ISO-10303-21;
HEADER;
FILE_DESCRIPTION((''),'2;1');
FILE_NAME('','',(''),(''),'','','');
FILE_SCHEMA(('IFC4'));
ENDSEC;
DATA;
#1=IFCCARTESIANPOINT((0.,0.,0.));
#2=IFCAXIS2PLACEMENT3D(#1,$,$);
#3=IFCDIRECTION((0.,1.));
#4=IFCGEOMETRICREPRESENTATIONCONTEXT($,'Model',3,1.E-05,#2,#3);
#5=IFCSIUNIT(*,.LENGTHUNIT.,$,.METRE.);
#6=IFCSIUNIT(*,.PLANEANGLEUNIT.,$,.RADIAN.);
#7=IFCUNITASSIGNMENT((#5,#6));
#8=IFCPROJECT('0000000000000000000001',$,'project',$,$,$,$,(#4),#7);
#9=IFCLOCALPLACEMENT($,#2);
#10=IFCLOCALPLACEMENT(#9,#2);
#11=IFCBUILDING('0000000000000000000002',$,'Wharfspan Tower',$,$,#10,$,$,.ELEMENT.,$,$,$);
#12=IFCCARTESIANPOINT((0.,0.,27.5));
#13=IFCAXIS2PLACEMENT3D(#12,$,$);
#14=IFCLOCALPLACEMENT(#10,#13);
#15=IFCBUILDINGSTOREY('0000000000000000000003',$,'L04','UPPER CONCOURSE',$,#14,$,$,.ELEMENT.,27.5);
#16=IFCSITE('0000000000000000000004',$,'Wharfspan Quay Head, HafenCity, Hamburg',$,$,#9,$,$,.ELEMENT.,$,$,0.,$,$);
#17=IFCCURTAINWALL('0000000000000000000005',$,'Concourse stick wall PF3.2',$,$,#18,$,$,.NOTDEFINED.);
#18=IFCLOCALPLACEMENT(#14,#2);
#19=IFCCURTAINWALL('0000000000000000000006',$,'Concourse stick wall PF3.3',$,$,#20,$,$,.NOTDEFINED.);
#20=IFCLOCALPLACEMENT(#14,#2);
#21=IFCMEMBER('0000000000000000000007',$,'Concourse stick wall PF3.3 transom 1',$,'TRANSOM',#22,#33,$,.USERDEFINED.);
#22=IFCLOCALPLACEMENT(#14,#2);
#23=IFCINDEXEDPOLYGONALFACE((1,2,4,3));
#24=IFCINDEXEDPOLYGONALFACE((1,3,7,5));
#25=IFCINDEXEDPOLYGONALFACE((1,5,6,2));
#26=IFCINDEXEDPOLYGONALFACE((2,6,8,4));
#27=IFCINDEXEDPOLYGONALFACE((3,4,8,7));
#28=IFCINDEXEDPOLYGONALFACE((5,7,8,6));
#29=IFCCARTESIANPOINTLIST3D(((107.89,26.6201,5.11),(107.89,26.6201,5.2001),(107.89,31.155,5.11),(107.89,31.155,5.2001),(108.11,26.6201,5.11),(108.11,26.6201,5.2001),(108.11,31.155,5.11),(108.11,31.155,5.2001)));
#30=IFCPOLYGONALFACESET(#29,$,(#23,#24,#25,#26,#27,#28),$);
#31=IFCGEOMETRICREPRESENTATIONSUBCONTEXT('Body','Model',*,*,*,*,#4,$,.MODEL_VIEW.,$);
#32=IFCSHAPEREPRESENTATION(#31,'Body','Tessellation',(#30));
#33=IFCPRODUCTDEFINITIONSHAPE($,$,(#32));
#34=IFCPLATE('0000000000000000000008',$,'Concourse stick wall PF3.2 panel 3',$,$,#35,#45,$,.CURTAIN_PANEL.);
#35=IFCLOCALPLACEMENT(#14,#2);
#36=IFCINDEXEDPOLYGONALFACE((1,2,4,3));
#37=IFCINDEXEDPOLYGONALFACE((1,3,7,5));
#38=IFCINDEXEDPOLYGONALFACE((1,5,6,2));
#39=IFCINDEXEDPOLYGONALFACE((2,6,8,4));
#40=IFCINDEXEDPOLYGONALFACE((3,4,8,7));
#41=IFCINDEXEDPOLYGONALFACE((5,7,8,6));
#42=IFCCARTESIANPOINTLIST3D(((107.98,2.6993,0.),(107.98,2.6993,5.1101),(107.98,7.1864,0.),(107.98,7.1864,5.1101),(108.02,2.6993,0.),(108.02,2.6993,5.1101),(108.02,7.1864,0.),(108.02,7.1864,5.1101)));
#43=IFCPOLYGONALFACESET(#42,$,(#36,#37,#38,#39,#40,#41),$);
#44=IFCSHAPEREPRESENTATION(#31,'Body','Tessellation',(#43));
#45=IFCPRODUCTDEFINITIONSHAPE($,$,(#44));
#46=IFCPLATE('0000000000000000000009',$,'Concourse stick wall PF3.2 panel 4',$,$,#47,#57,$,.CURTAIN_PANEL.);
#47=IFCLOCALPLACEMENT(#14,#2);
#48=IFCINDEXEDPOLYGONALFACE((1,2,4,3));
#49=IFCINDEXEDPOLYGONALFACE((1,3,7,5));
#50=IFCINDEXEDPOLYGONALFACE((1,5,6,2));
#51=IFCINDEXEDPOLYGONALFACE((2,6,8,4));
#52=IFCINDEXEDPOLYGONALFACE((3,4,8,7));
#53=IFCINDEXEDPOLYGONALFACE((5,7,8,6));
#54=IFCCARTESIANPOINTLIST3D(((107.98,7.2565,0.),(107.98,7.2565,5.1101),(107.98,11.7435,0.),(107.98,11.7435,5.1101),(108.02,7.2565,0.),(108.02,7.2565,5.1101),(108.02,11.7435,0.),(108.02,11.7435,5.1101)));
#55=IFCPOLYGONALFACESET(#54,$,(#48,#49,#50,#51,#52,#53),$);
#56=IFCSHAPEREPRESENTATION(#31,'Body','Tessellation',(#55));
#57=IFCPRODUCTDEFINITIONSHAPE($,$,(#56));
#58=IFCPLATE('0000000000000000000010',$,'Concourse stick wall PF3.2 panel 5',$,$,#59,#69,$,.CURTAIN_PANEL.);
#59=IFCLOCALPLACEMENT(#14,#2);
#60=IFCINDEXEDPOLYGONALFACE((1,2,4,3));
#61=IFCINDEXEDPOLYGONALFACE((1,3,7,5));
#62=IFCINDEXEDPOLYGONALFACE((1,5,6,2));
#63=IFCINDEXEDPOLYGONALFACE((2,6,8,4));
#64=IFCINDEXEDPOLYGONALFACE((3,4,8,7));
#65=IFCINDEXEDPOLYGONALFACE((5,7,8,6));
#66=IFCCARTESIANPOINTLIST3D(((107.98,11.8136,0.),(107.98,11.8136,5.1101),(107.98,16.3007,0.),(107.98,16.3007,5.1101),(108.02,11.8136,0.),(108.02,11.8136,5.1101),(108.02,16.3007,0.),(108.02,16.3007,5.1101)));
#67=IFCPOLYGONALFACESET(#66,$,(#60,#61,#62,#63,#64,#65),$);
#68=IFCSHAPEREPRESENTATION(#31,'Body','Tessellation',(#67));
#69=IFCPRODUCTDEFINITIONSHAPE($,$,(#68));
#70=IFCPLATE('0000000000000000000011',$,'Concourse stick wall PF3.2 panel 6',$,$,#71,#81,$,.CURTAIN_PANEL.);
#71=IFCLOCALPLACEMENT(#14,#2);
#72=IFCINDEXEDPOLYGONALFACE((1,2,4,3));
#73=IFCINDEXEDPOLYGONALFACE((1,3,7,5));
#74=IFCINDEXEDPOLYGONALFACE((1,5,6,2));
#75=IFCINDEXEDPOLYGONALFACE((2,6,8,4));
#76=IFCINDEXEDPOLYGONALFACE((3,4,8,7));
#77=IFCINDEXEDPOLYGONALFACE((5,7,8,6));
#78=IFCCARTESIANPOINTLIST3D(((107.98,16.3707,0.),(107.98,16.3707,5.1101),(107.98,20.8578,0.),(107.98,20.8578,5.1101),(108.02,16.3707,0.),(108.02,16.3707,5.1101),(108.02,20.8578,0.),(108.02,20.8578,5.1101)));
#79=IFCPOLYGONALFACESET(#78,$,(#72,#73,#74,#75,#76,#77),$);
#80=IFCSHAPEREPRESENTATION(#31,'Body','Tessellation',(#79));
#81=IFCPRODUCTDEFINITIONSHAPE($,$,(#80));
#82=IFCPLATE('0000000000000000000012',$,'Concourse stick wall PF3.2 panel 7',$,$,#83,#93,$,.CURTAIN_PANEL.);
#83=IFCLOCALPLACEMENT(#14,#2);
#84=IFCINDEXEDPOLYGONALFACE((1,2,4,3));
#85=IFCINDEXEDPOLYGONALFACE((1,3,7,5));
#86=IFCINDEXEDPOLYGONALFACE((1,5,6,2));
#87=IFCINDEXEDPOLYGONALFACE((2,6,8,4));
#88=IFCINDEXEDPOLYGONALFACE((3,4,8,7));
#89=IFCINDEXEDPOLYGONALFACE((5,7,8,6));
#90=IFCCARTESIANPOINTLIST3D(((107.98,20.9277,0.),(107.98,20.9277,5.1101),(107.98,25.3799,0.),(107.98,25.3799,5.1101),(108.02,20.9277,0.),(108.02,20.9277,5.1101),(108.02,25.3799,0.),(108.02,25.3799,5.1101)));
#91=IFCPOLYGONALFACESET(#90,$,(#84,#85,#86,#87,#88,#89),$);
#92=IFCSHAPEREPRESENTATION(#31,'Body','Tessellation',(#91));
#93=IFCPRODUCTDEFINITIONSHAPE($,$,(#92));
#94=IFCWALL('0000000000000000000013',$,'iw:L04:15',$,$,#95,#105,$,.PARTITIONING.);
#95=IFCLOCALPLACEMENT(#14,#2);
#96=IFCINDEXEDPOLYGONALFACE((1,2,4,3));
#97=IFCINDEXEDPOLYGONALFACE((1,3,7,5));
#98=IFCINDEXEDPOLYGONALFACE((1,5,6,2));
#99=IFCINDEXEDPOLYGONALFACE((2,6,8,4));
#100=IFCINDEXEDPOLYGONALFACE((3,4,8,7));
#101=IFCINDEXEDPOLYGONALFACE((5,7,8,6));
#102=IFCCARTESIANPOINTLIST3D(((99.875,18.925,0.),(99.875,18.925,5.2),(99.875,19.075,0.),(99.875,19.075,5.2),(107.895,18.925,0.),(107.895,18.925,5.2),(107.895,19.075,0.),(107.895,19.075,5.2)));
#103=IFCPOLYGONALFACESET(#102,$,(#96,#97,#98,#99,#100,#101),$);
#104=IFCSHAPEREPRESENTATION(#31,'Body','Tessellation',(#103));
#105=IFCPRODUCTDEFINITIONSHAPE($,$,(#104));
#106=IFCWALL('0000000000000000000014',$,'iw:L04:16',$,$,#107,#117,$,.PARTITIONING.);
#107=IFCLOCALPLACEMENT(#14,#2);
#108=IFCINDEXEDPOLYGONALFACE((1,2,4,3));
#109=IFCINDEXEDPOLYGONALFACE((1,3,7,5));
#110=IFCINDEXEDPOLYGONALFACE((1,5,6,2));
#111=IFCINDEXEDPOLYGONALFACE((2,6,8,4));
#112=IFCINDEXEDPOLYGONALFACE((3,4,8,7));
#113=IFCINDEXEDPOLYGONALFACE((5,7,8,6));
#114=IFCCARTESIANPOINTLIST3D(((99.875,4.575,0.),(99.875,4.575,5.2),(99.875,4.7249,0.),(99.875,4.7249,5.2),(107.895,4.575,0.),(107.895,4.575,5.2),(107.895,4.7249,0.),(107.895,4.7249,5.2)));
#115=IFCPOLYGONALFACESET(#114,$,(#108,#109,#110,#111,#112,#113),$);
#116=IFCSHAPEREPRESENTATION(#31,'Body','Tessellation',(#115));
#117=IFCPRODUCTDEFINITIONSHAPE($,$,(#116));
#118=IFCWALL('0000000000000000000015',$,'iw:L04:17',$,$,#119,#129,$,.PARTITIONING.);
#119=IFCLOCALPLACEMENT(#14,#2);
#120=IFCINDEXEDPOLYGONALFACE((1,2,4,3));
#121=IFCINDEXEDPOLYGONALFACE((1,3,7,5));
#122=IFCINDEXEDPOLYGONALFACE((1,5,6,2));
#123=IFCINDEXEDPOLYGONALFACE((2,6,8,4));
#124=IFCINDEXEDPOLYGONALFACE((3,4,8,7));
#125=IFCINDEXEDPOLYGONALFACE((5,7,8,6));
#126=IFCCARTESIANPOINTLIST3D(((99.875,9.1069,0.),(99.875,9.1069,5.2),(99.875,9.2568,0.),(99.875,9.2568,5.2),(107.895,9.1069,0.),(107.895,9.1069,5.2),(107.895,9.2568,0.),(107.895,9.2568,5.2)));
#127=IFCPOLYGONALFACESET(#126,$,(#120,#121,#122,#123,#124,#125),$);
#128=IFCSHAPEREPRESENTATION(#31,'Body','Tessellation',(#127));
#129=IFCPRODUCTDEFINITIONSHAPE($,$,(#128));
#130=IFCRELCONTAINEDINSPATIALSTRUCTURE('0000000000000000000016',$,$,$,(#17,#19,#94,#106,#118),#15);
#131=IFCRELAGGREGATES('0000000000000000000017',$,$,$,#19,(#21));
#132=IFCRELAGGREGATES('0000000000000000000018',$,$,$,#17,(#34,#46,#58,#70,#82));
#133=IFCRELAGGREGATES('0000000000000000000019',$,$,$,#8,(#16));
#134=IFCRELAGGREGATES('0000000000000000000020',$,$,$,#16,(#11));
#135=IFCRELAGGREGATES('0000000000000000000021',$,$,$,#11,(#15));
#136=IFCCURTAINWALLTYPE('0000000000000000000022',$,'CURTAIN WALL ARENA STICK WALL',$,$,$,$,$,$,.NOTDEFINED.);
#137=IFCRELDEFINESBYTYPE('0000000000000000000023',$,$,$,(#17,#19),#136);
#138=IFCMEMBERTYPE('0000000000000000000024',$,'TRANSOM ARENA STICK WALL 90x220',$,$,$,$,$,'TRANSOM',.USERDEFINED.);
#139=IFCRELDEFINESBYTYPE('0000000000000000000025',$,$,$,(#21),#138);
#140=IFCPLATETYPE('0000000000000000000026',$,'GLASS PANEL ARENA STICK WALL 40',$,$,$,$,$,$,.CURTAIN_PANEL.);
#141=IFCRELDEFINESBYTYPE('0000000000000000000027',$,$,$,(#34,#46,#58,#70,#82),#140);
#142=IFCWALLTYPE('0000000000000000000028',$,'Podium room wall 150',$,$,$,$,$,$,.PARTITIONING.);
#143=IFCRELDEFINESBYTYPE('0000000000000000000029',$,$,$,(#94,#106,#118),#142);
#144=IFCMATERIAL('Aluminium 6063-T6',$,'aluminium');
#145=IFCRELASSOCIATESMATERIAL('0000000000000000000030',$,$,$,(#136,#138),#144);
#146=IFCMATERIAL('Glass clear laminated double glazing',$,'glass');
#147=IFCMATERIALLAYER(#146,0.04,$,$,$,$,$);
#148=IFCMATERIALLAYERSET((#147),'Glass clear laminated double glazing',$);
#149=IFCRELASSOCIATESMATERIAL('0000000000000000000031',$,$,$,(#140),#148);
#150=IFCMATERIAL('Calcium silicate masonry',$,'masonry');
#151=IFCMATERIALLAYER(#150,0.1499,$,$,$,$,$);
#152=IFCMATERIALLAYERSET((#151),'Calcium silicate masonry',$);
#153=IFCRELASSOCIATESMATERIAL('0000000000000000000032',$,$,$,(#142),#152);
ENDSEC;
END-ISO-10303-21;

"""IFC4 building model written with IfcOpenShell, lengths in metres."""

from ifc_helpers import new_model, si_unit, direction, frame, frame_2d, origin, origin_2d, place, context, subcontext, project, spatial, rectangle, extrude, material, layer, layer_set, material_profile, profile_set, type_object, element, aggregate, save


model = new_model("IFC4")

# Units and contexts
model_context = context("Model", 3, precision=1e-05, world=origin(), true_north=direction((0.0, 1.0)))
body_context = subcontext(model_context, "Body", "Model", "MODEL_VIEW")
ifc_project = project(units=[si_unit("LENGTHUNIT", "METRE"), si_unit("PLANEANGLEUNIT", "RADIAN")], contexts=[model_context])

# Site, building, storey
site_placement = place(None, origin())
site = spatial("IfcSite", under=ifc_project, at=site_placement, Name="Wharfspan Quay Head, HafenCity, Hamburg", CompositionType="ELEMENT", RefElevation=0.0)
building_placement = place(site_placement, origin())
building = spatial("IfcBuilding", under=site, at=building_placement, Name="Wharfspan Tower", CompositionType="ELEMENT")
storey_placement = place(building_placement, frame((0.0, 0.0, 27.5)))
storey = spatial("IfcBuildingStorey", under=building, at=storey_placement, Name="L04", Description="UPPER CONCOURSE", CompositionType="ELEMENT", Elevation=27.5)

# Curtain wall
ifc_material_1 = material(Name="Aluminium 6063-T6", Category="aluminium")
curtain_wall_type = type_object("IfcCurtainWallType", Name="CURTAIN WALL ARENA STICK WALL", PredefinedType="NOTDEFINED", material=ifc_material_1)
curtain_wall_1_placement = place(storey_placement, origin())
curtain_wall_1 = element("IfcCurtainWall", 1, at=curtain_wall_1_placement, inside=storey, type_object=curtain_wall_type, Name="Concourse stick wall PF3.2", PredefinedType="NOTDEFINED")

# Curtain wall
curtain_wall_2_placement = place(storey_placement, origin())
curtain_wall_2 = element("IfcCurtainWall", 2, at=curtain_wall_2_placement, inside=storey, type_object=curtain_wall_type, Name="Concourse stick wall PF3.3", PredefinedType="NOTDEFINED")

# Member
ifc_material_profile_1 = material_profile(ifc_material_1, rectangle(XDim=0.22, YDim=0.0901, at=origin_2d()))
ifc_profile_set_1 = profile_set([ifc_material_profile_1], Name="Aluminium 6063-T6")
member_type_1 = type_object("IfcMemberType", Name="TRANSOM ARENA STICK WALL 90x220", ElementType="TRANSOM", PredefinedType="USERDEFINED", material=ifc_profile_set_1)
member_1_placement = place(storey_placement, frame((108.0, 26.6201, 5.155), z_axis=(0.0, 1.0, 0.0), x_axis=(-1.0, 0.0, 0.0)))
member_1 = element("IfcMember", 3, at=member_1_placement, type_object=member_type_1, Name="Concourse stick wall PF3.3 transom 1", ObjectType="TRANSOM", PredefinedType="USERDEFINED", context=body_context, shape_type="SweptSolid", body=[
    extrude(rectangle(XDim=0.22, YDim=0.0901, at=origin_2d()), origin(), (0.0, 0.0, 1.0), 4.5349),
])
aggregate(curtain_wall_2, [member_1])

# Plates
ifc_material_2 = material(Name="Glass clear laminated double glazing", Category="glass")
ifc_layer_1 = layer(ifc_material_2, 0.04)
ifc_layer_set_1 = layer_set([ifc_layer_1], Name="Glass clear laminated double glazing")
plate_type = type_object("IfcPlateType", Name="GLASS PANEL ARENA STICK WALL 40", PredefinedType="CURTAIN_PANEL", material=ifc_layer_set_1)
plate_1_placement = place(storey_placement, frame((108.0, 4.9429, 0.0), z_axis=(0.0, 0.0, 1.0), x_axis=(0.0, 1.0, 0.0)))
plate_1 = element("IfcPlate", 4, at=plate_1_placement, type_object=plate_type, Name="Concourse stick wall PF3.2 panel 3", PredefinedType="CURTAIN_PANEL", context=body_context, shape_type="SweptSolid", body=[
    extrude(rectangle(XDim=4.4871, YDim=0.04, at=origin_2d()), origin(), (0.0, 0.0, 1.0), 5.1101),
])
plate_2_placement = place(storey_placement, frame((108.0, 9.5, 0.0), z_axis=(0.0, 0.0, 1.0), x_axis=(0.0, 1.0, 0.0)))
plate_2 = element("IfcPlate", 5, at=plate_2_placement, type_object=plate_type, Name="Concourse stick wall PF3.2 panel 4", PredefinedType="CURTAIN_PANEL", context=body_context, shape_type="SweptSolid", body=[
    extrude(rectangle(XDim=4.4871, YDim=0.04, at=origin_2d()), origin(), (0.0, 0.0, 1.0), 5.1101),
])
plate_3_placement = place(storey_placement, frame((108.0, 14.0571, 0.0), z_axis=(0.0, 0.0, 1.0), x_axis=(0.0, 1.0, 0.0)))
plate_3 = element("IfcPlate", 6, at=plate_3_placement, type_object=plate_type, Name="Concourse stick wall PF3.2 panel 5", PredefinedType="CURTAIN_PANEL", context=body_context, shape_type="SweptSolid", body=[
    extrude(rectangle(XDim=4.4871, YDim=0.04, at=origin_2d()), origin(), (0.0, 0.0, 1.0), 5.1101),
])
plate_4_placement = place(storey_placement, frame((108.0, 18.6143, 0.0), z_axis=(0.0, 0.0, 1.0), x_axis=(0.0, 1.0, 0.0)))
plate_4 = element("IfcPlate", 7, at=plate_4_placement, type_object=plate_type, Name="Concourse stick wall PF3.2 panel 6", PredefinedType="CURTAIN_PANEL", context=body_context, shape_type="SweptSolid", body=[
    extrude(rectangle(XDim=4.4871, YDim=0.04, at=origin_2d()), origin(), (0.0, 0.0, 1.0), 5.1101),
])
plate_5_placement = place(storey_placement, frame((108.0, 23.1538, 0.0), z_axis=(0.0, 0.0, 1.0), x_axis=(0.0, 1.0, 0.0)))
plate_5 = element("IfcPlate", 8, at=plate_5_placement, type_object=plate_type, Name="Concourse stick wall PF3.2 panel 7", PredefinedType="CURTAIN_PANEL", context=body_context, shape_type="SweptSolid", body=[
    extrude(rectangle(XDim=4.4521, YDim=0.04, at=origin_2d()), origin(), (0.0, 0.0, 1.0), 5.1101),
])
aggregate(curtain_wall_1, [plate_1, plate_2, plate_3, plate_4, plate_5])

# Walls
ifc_material_3 = material(Name="Calcium silicate masonry", Category="masonry")
ifc_layer_2 = layer(ifc_material_3, 0.1499)
ifc_layer_set_2 = layer_set([ifc_layer_2], Name="Calcium silicate masonry")
wall_type_1 = type_object("IfcWallType", Name="Podium room wall 150", PredefinedType="PARTITIONING", material=ifc_layer_set_2)
for number, where, z_axis, x_axis, name in (
    (9, (99.875, 19.0, 0.0), (0.0, 0.0, 1.0), (1.0, 0.0, 0.0), "iw:L04:15"),
    (10, (99.875, 4.6499, 0.0), (0.0, 0.0, 1.0), (1.0, 0.0, 0.0), "iw:L04:16"),
    (11, (99.875, 9.1819, 0.0), (0.0, 0.0, 1.0), (1.0, 0.0, 0.0), "iw:L04:17"),
):
    element("IfcWall", number, at=place(storey_placement, frame(where, z_axis=z_axis, x_axis=x_axis)), inside=storey, type_object=wall_type_1, Name=name, PredefinedType="PARTITIONING", context=body_context, shape_type="SweptSolid", body=[
        extrude(rectangle(XDim=8.02, YDim=0.1499, at=frame_2d((4.01, 0.0))), origin(), (0.0, 0.0, 1.0), 5.2),
    ])

save(model, "model.ifc")
